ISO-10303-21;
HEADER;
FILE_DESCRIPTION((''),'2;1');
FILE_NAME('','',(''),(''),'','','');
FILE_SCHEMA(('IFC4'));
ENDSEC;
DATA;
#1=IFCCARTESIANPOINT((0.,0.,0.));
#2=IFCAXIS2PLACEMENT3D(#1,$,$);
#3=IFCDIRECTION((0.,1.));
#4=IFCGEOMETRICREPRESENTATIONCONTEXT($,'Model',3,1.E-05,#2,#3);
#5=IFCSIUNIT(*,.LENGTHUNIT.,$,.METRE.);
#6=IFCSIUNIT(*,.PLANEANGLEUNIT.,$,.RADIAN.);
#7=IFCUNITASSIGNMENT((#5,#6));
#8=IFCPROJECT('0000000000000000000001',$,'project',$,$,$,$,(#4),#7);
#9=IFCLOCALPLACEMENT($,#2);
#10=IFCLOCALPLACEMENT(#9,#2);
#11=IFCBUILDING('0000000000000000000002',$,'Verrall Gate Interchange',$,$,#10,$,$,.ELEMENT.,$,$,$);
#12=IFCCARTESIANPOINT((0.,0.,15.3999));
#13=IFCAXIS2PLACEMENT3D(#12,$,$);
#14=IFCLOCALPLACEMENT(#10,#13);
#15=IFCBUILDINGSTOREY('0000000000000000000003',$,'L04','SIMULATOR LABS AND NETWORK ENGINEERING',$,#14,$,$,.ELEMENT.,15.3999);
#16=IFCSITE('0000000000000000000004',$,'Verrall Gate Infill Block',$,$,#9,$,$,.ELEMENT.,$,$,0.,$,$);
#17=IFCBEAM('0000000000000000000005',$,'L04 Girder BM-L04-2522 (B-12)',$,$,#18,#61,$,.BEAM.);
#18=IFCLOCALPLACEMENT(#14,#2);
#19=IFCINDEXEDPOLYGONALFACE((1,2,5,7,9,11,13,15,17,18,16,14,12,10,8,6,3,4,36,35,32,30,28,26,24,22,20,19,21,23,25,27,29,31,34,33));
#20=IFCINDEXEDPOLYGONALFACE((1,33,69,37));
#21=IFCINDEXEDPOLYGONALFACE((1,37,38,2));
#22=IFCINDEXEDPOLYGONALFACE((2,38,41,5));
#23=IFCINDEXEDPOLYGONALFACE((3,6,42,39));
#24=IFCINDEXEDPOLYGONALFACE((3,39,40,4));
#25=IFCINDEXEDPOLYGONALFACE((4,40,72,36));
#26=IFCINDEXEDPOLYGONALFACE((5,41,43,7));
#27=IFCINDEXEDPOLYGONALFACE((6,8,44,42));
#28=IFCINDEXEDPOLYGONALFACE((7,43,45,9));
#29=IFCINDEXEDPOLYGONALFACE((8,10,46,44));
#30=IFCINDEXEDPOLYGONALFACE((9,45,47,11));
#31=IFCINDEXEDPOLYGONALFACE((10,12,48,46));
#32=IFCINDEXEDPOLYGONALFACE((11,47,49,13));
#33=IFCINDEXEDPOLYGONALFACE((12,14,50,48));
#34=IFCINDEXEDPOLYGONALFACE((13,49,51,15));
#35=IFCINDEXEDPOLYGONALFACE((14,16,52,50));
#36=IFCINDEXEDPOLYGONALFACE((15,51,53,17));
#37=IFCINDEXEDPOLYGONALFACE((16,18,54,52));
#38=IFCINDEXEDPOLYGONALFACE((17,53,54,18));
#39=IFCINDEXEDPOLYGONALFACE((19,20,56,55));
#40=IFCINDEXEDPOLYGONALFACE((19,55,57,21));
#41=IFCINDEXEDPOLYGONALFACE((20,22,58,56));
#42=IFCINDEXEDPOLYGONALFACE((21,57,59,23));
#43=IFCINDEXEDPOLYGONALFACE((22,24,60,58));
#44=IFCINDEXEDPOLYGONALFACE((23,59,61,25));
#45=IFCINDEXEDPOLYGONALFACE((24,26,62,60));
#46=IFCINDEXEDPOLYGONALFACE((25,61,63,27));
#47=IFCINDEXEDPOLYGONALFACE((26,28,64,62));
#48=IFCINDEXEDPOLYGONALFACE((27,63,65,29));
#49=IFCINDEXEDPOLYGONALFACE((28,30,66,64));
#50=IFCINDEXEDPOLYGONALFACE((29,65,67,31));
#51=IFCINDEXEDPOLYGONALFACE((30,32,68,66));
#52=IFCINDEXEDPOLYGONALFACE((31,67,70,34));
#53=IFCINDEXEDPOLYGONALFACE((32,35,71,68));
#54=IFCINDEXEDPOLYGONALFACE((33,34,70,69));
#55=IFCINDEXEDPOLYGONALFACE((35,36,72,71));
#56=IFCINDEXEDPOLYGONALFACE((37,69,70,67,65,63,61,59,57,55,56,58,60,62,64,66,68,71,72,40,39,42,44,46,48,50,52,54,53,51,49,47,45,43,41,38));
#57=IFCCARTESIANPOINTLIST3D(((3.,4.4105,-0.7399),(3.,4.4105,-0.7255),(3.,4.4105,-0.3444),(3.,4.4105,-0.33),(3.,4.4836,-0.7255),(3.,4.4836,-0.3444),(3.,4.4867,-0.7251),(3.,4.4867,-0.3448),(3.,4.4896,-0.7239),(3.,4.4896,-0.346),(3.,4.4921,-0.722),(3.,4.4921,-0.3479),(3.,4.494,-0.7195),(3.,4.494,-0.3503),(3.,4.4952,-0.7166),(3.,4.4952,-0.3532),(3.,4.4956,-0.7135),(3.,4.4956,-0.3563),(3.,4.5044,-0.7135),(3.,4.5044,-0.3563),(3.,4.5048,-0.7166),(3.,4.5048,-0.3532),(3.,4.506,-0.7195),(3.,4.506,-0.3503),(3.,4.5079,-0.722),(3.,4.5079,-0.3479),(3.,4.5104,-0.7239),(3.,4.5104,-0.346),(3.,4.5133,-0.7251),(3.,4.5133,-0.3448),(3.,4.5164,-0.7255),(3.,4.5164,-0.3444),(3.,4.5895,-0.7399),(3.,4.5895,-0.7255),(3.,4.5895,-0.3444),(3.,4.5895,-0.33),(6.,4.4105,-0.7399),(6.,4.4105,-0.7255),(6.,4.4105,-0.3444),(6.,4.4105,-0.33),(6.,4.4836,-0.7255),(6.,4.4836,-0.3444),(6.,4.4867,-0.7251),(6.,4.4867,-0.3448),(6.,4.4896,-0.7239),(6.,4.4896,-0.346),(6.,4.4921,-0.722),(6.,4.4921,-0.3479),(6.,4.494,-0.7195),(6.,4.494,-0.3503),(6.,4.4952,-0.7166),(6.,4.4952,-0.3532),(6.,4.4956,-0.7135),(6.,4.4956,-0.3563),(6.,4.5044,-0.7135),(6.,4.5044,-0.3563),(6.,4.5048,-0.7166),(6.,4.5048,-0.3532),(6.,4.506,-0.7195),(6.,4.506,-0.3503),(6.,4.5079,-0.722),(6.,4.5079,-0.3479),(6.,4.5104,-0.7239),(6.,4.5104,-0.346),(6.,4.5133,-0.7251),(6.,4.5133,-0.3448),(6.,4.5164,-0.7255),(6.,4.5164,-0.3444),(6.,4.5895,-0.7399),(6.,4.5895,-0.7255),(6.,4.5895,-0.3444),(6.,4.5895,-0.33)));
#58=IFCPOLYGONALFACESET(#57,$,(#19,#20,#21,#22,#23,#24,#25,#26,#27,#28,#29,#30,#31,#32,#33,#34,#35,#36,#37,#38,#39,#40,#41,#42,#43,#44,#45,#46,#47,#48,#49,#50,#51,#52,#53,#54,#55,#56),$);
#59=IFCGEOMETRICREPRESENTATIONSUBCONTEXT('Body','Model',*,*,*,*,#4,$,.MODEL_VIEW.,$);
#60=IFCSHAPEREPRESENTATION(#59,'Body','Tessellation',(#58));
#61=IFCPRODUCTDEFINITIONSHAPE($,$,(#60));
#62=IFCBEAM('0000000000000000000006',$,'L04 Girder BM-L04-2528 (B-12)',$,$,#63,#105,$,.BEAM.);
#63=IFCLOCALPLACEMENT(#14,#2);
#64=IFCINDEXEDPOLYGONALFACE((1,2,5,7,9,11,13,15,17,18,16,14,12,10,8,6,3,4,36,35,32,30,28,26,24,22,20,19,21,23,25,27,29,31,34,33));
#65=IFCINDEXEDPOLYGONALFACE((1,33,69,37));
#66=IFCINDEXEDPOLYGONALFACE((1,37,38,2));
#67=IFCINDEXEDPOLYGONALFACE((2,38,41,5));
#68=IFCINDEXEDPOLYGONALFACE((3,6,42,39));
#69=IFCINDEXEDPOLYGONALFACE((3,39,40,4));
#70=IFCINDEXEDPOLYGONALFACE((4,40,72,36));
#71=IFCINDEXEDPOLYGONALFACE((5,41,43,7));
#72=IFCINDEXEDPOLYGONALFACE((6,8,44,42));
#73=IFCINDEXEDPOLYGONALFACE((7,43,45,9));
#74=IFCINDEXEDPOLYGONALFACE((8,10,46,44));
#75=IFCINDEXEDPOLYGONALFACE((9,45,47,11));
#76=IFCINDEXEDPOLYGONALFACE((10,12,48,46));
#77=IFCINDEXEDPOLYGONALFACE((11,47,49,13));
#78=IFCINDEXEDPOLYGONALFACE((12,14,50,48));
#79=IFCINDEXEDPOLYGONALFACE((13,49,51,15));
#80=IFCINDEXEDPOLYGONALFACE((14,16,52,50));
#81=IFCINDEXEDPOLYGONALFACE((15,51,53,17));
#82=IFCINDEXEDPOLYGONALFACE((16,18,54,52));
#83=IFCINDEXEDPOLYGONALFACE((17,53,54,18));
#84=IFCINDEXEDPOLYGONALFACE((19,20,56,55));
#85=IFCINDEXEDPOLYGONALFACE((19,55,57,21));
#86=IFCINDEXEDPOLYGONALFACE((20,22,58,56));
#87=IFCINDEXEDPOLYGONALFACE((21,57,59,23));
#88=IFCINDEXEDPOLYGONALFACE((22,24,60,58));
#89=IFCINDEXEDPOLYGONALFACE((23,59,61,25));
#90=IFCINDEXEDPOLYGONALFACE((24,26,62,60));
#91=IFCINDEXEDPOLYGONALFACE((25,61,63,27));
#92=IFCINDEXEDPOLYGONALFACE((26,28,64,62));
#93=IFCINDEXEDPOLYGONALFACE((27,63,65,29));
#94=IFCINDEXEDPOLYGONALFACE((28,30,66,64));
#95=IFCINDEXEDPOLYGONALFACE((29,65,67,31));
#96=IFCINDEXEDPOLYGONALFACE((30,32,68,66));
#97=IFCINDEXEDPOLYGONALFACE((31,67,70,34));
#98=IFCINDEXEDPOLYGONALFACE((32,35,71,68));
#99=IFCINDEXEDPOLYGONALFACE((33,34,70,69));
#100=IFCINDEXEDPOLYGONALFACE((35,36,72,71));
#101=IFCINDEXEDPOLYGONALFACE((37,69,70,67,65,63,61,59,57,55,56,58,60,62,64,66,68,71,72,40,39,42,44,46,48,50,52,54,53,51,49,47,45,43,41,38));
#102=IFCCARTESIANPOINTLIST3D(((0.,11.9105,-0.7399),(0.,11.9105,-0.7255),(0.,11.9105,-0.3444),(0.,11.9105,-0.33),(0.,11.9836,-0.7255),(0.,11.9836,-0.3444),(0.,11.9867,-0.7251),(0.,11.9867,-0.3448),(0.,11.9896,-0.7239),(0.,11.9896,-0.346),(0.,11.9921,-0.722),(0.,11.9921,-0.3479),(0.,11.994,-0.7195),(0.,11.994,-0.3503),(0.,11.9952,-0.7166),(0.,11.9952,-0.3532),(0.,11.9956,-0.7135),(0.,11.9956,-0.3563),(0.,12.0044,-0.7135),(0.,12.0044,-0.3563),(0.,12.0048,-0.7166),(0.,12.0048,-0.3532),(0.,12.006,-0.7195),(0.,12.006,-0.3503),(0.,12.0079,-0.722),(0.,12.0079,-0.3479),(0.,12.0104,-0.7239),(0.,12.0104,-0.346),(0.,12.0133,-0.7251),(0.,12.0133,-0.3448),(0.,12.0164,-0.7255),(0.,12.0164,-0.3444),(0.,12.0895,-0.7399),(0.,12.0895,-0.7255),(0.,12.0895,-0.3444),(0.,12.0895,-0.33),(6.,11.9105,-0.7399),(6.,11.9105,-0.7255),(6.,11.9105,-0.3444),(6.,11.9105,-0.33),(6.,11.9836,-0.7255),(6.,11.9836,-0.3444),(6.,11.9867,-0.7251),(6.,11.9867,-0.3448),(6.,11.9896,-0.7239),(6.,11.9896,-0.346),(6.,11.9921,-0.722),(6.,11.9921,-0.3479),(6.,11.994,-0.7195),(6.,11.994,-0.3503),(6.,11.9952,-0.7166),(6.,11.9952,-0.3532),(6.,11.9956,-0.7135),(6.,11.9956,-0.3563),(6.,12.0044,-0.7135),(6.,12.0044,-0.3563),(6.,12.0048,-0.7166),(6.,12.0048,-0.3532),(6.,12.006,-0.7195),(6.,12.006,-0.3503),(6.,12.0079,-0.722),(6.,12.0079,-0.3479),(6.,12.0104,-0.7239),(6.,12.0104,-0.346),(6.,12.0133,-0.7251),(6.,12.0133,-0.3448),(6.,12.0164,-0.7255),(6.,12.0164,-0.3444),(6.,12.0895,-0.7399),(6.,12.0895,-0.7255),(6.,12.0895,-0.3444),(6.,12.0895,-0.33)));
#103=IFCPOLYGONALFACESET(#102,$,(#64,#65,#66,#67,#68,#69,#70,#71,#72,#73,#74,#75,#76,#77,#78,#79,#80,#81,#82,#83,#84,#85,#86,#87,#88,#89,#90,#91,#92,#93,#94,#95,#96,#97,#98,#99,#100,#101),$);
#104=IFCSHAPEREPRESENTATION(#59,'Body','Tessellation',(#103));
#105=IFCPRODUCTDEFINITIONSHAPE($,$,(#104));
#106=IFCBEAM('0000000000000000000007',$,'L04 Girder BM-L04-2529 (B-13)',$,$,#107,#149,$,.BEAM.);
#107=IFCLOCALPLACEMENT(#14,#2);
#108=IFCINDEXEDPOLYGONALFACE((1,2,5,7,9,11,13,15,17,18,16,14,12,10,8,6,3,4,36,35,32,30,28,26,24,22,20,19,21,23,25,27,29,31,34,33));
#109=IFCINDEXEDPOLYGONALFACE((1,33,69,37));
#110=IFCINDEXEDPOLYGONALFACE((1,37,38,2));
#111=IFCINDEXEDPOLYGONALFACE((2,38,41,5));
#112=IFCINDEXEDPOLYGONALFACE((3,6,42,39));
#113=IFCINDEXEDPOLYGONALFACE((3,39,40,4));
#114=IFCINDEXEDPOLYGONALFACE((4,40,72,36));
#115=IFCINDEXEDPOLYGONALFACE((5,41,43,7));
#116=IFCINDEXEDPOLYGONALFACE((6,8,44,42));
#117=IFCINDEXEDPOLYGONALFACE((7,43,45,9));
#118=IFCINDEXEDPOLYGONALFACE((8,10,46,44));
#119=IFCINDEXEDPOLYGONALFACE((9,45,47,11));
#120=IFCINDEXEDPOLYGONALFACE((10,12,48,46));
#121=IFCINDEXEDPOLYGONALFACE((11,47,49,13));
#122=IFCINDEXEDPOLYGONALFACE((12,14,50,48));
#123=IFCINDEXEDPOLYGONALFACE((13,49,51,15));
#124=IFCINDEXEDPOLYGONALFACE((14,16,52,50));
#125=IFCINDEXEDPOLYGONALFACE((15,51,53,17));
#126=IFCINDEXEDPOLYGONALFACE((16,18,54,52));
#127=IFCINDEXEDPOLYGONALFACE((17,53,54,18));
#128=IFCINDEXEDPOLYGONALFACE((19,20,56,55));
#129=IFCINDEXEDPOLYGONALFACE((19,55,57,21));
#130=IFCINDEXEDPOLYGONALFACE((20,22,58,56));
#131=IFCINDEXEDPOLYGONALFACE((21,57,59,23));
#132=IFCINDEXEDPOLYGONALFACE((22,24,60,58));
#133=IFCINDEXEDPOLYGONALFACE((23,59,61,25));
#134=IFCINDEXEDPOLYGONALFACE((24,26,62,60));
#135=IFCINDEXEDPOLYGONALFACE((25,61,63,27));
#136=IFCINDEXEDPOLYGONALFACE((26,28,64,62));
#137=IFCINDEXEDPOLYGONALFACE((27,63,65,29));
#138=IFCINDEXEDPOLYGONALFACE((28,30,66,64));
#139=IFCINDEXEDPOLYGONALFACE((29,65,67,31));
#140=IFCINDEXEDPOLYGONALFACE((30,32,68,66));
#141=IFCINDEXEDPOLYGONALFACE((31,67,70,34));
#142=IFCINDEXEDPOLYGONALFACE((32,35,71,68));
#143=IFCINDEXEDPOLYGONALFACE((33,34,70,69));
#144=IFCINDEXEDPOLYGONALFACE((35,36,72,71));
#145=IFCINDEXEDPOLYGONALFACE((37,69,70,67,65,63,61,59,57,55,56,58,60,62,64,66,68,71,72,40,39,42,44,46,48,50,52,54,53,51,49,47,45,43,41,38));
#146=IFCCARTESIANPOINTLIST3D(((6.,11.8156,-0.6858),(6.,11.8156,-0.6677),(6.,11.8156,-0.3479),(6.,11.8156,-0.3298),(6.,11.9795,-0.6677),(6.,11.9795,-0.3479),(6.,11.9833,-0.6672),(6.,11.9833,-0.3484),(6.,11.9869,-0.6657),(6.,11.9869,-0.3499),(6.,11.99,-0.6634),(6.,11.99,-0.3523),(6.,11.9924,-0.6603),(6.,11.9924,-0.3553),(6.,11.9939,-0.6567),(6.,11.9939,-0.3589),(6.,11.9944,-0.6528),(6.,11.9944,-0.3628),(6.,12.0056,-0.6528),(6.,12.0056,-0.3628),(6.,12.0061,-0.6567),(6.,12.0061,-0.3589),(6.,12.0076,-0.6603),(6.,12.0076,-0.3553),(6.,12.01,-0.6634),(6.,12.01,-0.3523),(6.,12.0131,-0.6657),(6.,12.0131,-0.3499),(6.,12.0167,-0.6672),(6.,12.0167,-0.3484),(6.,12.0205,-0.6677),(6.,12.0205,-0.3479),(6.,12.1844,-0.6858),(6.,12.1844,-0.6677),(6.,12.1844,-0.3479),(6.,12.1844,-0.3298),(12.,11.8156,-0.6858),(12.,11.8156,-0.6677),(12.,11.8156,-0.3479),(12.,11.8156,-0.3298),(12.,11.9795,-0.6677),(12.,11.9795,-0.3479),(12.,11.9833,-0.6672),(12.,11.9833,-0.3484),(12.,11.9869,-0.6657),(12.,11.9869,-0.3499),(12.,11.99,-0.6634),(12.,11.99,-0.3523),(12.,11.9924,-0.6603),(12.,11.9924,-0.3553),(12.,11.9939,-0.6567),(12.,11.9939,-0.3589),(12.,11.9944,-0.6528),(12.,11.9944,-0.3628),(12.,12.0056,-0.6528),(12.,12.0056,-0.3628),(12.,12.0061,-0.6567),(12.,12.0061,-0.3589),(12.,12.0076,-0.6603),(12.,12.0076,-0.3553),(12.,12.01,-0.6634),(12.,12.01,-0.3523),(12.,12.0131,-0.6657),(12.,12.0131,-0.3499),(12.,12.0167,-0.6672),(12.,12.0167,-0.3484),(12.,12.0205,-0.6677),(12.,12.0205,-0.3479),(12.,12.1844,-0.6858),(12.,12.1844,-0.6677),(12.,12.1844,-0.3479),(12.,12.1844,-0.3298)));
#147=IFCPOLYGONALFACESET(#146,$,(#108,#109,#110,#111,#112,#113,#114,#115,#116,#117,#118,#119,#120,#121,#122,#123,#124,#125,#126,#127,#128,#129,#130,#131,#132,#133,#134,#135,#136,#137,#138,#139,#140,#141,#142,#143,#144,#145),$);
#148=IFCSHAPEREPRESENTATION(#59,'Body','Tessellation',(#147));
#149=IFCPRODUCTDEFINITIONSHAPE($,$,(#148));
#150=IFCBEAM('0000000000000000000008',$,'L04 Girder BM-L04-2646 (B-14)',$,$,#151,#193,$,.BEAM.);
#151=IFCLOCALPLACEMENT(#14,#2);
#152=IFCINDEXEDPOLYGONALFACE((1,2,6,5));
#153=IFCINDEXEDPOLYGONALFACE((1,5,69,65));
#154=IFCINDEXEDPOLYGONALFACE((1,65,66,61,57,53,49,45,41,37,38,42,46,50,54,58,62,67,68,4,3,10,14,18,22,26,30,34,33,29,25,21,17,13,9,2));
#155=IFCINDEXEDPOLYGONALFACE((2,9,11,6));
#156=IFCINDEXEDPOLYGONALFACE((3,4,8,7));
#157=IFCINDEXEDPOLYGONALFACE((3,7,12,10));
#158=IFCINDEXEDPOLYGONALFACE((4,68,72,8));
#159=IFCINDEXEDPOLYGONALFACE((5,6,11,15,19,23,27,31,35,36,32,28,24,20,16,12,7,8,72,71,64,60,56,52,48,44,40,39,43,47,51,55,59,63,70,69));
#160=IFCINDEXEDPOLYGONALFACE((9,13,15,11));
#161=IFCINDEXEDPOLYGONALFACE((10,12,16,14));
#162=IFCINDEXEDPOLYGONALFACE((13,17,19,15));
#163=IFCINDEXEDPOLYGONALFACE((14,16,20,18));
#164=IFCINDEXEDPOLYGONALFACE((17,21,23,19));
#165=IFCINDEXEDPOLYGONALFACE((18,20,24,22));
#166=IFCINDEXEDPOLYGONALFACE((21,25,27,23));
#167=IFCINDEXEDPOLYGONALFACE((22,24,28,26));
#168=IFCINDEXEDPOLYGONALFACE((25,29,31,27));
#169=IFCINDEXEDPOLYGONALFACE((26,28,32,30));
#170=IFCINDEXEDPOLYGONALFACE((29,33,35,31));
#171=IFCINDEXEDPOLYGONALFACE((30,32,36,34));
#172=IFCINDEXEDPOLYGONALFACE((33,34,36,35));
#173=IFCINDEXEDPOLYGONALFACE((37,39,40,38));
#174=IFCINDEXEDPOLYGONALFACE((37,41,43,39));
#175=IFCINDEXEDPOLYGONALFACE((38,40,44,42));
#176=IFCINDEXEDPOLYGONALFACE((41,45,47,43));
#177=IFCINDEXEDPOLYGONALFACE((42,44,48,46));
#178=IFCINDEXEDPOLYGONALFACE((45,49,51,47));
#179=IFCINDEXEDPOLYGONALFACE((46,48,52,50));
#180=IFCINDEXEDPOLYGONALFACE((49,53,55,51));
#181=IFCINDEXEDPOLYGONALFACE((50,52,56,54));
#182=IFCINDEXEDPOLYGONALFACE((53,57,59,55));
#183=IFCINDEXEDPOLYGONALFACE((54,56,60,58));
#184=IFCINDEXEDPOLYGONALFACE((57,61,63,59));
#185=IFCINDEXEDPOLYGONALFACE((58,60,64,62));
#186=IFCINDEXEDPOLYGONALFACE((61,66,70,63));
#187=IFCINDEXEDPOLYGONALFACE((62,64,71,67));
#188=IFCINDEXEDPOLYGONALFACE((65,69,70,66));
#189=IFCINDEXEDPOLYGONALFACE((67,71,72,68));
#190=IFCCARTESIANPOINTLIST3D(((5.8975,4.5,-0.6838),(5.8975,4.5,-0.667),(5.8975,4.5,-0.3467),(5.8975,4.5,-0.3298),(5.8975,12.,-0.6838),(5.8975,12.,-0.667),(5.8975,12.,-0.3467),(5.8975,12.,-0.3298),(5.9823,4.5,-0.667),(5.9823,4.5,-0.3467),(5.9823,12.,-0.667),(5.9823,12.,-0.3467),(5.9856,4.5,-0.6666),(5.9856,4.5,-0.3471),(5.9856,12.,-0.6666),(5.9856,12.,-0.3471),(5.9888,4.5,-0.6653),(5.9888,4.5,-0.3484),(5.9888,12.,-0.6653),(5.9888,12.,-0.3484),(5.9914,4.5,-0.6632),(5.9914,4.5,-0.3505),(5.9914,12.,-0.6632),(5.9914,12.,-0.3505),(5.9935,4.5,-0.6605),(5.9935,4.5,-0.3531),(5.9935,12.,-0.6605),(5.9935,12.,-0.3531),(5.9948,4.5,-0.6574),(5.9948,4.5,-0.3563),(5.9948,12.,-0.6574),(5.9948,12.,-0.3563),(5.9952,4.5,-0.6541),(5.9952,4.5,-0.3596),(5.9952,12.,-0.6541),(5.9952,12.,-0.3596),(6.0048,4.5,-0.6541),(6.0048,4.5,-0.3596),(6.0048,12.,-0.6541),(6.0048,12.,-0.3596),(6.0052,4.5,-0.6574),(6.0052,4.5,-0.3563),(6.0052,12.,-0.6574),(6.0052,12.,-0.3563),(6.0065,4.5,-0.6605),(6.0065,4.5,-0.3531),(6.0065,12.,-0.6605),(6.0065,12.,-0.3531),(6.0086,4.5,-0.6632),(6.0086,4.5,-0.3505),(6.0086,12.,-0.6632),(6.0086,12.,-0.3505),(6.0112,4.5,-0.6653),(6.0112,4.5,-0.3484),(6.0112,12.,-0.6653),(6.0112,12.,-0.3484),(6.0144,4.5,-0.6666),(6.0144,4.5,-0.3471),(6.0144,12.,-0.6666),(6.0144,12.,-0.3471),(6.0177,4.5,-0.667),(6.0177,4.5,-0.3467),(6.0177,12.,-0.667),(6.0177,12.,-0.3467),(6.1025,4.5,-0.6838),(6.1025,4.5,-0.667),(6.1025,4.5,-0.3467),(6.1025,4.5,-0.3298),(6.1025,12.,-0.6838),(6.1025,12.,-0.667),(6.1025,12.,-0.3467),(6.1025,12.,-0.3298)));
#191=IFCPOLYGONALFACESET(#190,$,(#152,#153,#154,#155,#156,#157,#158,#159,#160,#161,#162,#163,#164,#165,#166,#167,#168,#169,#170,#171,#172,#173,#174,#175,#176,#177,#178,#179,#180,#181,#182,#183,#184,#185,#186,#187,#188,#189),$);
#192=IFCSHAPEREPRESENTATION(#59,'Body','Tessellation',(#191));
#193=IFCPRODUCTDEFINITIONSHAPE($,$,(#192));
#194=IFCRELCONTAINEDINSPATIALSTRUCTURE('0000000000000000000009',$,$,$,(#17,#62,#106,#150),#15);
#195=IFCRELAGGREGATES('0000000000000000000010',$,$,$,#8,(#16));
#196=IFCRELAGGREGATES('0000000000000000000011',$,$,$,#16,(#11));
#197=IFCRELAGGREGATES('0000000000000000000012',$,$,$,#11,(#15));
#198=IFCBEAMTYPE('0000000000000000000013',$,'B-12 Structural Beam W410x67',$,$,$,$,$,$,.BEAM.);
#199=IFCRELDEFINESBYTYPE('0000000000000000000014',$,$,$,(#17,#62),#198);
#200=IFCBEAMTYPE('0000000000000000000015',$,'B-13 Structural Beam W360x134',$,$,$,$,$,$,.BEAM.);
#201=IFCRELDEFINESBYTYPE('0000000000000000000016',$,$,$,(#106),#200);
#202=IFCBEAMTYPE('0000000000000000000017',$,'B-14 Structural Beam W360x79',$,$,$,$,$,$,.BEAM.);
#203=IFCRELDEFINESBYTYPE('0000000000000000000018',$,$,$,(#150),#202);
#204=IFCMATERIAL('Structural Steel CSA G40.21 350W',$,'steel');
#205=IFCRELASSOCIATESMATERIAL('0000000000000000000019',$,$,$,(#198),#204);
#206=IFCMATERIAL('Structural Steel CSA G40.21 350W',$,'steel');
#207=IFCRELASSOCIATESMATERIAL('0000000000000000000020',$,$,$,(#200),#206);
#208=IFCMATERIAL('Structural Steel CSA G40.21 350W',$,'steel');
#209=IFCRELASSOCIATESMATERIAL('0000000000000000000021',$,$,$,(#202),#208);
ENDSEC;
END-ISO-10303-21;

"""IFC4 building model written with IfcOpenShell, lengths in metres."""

from ifc_helpers import new_model, si_unit, direction, frame, origin, origin_2d, place, context, subcontext, project, spatial, i_section, extrude, material, material_profile, profile_set, type_object, element, save


model = new_model("IFC4")

# Units and contexts
model_context = context("Model", 3, precision=1e-05, world=origin(), true_north=direction((0.0, 1.0)))
body_context = subcontext(model_context, "Body", "Model", "MODEL_VIEW")
ifc_project = project(units=[si_unit("LENGTHUNIT", "METRE"), si_unit("PLANEANGLEUNIT", "RADIAN")], contexts=[model_context])

# Site, building, storey
site_placement = place(None, origin())
site = spatial("IfcSite", under=ifc_project, at=site_placement, Name="Verrall Gate Infill Block", CompositionType="ELEMENT", RefElevation=0.0)
building_placement = place(site_placement, origin())
building = spatial("IfcBuilding", under=site, at=building_placement, Name="Verrall Gate Interchange", CompositionType="ELEMENT")
storey_placement = place(building_placement, frame((0.0, 0.0, 15.3999)))
storey = spatial("IfcBuildingStorey", under=building, at=storey_placement, Name="L04", Description="SIMULATOR LABS AND NETWORK ENGINEERING", CompositionType="ELEMENT", Elevation=15.3999)

# Beams
ifc_material_1 = material(Name="Structural Steel CSA G40.21 350W", Category="steel")
ifc_material_profile_1 = material_profile(ifc_material_1, i_section(OverallWidth=0.179, OverallDepth=0.4099, WebThickness=0.0088, FlangeThickness=0.0144, FilletRadius=0.012, at=origin_2d()), Name="W410x67")
ifc_profile_set_1 = profile_set([ifc_material_profile_1], Name="Structural Steel CSA G40.21 350W")
beam_type_1 = type_object("IfcBeamType", Name="B-12 Structural Beam W410x67", PredefinedType="BEAM", material=ifc_profile_set_1)
beam_1_placement = place(storey_placement, frame((3.0, 4.5, -0.5349), z_axis=(1.0, 0.0, 0.0), x_axis=(0.0, 1.0, 0.0)))
element("IfcBeam", 1, at=beam_1_placement, inside=storey, type_object=beam_type_1, Name="L04 Girder BM-L04-2522 (B-12)", PredefinedType="BEAM", context=body_context, shape_type="SweptSolid", body=[
    extrude(i_section(OverallWidth=0.179, OverallDepth=0.4099, WebThickness=0.0088, FlangeThickness=0.0144, FilletRadius=0.012, at=origin_2d()), origin(), (0.0, 0.0, 1.0), 3.0),
])
beam_2_placement = place(storey_placement, frame((0.0, 12.0, -0.5349), z_axis=(1.0, 0.0, 0.0), x_axis=(0.0, 1.0, 0.0)))
element("IfcBeam", 2, at=beam_2_placement, inside=storey, type_object=beam_type_1, Name="L04 Girder BM-L04-2528 (B-12)", PredefinedType="BEAM", context=body_context, shape_type="SweptSolid", body=[
    extrude(i_section(OverallWidth=0.179, OverallDepth=0.4099, WebThickness=0.0088, FlangeThickness=0.0144, FilletRadius=0.012, at=origin_2d()), origin(), (0.0, 0.0, 1.0), 6.0),
])
ifc_material_2 = material(Name="Structural Steel CSA G40.21 350W", Category="steel")
ifc_material_profile_2 = material_profile(ifc_material_2, i_section(OverallWidth=0.3689, OverallDepth=0.356, WebThickness=0.0112, FlangeThickness=0.0181, FilletRadius=0.0149, at=origin_2d()), Name="W360x134")
ifc_profile_set_2 = profile_set([ifc_material_profile_2], Name="Structural Steel CSA G40.21 350W")
beam_type_2 = type_object("IfcBeamType", Name="B-13 Structural Beam W360x134", PredefinedType="BEAM", material=ifc_profile_set_2)
beam_3_placement = place(storey_placement, frame((6.0, 12.0, -0.5078), z_axis=(1.0, 0.0, 0.0), x_axis=(0.0, 1.0, 0.0)))
element("IfcBeam", 3, at=beam_3_placement, inside=storey, type_object=beam_type_2, Name="L04 Girder BM-L04-2529 (B-13)", PredefinedType="BEAM", context=body_context, shape_type="SweptSolid", body=[
    extrude(i_section(OverallWidth=0.3689, OverallDepth=0.356, WebThickness=0.0112, FlangeThickness=0.0181, FilletRadius=0.0149, at=origin_2d()), origin(), (0.0, 0.0, 1.0), 6.0),
])
ifc_material_3 = material(Name="Structural Steel CSA G40.21 350W", Category="steel")
ifc_material_profile_3 = material_profile(ifc_material_3, i_section(OverallWidth=0.2051, OverallDepth=0.354, WebThickness=0.0095, FlangeThickness=0.0168, FilletRadius=0.0129, at=origin_2d()), Name="W360x79")
ifc_profile_set_3 = profile_set([ifc_material_profile_3], Name="Structural Steel CSA G40.21 350W")
beam_type_3 = type_object("IfcBeamType", Name="B-14 Structural Beam W360x79", PredefinedType="BEAM", material=ifc_profile_set_3)
beam_4_placement = place(storey_placement, frame((6.0, 4.5, -0.5068), z_axis=(0.0, 1.0, 0.0), x_axis=(-1.0, 0.0, 0.0)))
element("IfcBeam", 4, at=beam_4_placement, inside=storey, type_object=beam_type_3, Name="L04 Girder BM-L04-2646 (B-14)", PredefinedType="BEAM", context=body_context, shape_type="SweptSolid", body=[
    extrude(i_section(OverallWidth=0.2051, OverallDepth=0.354, WebThickness=0.0095, FlangeThickness=0.0168, FilletRadius=0.0129, at=origin_2d()), origin(), (0.0, 0.0, 1.0), 7.5),
])

save(model, "model.ifc")
